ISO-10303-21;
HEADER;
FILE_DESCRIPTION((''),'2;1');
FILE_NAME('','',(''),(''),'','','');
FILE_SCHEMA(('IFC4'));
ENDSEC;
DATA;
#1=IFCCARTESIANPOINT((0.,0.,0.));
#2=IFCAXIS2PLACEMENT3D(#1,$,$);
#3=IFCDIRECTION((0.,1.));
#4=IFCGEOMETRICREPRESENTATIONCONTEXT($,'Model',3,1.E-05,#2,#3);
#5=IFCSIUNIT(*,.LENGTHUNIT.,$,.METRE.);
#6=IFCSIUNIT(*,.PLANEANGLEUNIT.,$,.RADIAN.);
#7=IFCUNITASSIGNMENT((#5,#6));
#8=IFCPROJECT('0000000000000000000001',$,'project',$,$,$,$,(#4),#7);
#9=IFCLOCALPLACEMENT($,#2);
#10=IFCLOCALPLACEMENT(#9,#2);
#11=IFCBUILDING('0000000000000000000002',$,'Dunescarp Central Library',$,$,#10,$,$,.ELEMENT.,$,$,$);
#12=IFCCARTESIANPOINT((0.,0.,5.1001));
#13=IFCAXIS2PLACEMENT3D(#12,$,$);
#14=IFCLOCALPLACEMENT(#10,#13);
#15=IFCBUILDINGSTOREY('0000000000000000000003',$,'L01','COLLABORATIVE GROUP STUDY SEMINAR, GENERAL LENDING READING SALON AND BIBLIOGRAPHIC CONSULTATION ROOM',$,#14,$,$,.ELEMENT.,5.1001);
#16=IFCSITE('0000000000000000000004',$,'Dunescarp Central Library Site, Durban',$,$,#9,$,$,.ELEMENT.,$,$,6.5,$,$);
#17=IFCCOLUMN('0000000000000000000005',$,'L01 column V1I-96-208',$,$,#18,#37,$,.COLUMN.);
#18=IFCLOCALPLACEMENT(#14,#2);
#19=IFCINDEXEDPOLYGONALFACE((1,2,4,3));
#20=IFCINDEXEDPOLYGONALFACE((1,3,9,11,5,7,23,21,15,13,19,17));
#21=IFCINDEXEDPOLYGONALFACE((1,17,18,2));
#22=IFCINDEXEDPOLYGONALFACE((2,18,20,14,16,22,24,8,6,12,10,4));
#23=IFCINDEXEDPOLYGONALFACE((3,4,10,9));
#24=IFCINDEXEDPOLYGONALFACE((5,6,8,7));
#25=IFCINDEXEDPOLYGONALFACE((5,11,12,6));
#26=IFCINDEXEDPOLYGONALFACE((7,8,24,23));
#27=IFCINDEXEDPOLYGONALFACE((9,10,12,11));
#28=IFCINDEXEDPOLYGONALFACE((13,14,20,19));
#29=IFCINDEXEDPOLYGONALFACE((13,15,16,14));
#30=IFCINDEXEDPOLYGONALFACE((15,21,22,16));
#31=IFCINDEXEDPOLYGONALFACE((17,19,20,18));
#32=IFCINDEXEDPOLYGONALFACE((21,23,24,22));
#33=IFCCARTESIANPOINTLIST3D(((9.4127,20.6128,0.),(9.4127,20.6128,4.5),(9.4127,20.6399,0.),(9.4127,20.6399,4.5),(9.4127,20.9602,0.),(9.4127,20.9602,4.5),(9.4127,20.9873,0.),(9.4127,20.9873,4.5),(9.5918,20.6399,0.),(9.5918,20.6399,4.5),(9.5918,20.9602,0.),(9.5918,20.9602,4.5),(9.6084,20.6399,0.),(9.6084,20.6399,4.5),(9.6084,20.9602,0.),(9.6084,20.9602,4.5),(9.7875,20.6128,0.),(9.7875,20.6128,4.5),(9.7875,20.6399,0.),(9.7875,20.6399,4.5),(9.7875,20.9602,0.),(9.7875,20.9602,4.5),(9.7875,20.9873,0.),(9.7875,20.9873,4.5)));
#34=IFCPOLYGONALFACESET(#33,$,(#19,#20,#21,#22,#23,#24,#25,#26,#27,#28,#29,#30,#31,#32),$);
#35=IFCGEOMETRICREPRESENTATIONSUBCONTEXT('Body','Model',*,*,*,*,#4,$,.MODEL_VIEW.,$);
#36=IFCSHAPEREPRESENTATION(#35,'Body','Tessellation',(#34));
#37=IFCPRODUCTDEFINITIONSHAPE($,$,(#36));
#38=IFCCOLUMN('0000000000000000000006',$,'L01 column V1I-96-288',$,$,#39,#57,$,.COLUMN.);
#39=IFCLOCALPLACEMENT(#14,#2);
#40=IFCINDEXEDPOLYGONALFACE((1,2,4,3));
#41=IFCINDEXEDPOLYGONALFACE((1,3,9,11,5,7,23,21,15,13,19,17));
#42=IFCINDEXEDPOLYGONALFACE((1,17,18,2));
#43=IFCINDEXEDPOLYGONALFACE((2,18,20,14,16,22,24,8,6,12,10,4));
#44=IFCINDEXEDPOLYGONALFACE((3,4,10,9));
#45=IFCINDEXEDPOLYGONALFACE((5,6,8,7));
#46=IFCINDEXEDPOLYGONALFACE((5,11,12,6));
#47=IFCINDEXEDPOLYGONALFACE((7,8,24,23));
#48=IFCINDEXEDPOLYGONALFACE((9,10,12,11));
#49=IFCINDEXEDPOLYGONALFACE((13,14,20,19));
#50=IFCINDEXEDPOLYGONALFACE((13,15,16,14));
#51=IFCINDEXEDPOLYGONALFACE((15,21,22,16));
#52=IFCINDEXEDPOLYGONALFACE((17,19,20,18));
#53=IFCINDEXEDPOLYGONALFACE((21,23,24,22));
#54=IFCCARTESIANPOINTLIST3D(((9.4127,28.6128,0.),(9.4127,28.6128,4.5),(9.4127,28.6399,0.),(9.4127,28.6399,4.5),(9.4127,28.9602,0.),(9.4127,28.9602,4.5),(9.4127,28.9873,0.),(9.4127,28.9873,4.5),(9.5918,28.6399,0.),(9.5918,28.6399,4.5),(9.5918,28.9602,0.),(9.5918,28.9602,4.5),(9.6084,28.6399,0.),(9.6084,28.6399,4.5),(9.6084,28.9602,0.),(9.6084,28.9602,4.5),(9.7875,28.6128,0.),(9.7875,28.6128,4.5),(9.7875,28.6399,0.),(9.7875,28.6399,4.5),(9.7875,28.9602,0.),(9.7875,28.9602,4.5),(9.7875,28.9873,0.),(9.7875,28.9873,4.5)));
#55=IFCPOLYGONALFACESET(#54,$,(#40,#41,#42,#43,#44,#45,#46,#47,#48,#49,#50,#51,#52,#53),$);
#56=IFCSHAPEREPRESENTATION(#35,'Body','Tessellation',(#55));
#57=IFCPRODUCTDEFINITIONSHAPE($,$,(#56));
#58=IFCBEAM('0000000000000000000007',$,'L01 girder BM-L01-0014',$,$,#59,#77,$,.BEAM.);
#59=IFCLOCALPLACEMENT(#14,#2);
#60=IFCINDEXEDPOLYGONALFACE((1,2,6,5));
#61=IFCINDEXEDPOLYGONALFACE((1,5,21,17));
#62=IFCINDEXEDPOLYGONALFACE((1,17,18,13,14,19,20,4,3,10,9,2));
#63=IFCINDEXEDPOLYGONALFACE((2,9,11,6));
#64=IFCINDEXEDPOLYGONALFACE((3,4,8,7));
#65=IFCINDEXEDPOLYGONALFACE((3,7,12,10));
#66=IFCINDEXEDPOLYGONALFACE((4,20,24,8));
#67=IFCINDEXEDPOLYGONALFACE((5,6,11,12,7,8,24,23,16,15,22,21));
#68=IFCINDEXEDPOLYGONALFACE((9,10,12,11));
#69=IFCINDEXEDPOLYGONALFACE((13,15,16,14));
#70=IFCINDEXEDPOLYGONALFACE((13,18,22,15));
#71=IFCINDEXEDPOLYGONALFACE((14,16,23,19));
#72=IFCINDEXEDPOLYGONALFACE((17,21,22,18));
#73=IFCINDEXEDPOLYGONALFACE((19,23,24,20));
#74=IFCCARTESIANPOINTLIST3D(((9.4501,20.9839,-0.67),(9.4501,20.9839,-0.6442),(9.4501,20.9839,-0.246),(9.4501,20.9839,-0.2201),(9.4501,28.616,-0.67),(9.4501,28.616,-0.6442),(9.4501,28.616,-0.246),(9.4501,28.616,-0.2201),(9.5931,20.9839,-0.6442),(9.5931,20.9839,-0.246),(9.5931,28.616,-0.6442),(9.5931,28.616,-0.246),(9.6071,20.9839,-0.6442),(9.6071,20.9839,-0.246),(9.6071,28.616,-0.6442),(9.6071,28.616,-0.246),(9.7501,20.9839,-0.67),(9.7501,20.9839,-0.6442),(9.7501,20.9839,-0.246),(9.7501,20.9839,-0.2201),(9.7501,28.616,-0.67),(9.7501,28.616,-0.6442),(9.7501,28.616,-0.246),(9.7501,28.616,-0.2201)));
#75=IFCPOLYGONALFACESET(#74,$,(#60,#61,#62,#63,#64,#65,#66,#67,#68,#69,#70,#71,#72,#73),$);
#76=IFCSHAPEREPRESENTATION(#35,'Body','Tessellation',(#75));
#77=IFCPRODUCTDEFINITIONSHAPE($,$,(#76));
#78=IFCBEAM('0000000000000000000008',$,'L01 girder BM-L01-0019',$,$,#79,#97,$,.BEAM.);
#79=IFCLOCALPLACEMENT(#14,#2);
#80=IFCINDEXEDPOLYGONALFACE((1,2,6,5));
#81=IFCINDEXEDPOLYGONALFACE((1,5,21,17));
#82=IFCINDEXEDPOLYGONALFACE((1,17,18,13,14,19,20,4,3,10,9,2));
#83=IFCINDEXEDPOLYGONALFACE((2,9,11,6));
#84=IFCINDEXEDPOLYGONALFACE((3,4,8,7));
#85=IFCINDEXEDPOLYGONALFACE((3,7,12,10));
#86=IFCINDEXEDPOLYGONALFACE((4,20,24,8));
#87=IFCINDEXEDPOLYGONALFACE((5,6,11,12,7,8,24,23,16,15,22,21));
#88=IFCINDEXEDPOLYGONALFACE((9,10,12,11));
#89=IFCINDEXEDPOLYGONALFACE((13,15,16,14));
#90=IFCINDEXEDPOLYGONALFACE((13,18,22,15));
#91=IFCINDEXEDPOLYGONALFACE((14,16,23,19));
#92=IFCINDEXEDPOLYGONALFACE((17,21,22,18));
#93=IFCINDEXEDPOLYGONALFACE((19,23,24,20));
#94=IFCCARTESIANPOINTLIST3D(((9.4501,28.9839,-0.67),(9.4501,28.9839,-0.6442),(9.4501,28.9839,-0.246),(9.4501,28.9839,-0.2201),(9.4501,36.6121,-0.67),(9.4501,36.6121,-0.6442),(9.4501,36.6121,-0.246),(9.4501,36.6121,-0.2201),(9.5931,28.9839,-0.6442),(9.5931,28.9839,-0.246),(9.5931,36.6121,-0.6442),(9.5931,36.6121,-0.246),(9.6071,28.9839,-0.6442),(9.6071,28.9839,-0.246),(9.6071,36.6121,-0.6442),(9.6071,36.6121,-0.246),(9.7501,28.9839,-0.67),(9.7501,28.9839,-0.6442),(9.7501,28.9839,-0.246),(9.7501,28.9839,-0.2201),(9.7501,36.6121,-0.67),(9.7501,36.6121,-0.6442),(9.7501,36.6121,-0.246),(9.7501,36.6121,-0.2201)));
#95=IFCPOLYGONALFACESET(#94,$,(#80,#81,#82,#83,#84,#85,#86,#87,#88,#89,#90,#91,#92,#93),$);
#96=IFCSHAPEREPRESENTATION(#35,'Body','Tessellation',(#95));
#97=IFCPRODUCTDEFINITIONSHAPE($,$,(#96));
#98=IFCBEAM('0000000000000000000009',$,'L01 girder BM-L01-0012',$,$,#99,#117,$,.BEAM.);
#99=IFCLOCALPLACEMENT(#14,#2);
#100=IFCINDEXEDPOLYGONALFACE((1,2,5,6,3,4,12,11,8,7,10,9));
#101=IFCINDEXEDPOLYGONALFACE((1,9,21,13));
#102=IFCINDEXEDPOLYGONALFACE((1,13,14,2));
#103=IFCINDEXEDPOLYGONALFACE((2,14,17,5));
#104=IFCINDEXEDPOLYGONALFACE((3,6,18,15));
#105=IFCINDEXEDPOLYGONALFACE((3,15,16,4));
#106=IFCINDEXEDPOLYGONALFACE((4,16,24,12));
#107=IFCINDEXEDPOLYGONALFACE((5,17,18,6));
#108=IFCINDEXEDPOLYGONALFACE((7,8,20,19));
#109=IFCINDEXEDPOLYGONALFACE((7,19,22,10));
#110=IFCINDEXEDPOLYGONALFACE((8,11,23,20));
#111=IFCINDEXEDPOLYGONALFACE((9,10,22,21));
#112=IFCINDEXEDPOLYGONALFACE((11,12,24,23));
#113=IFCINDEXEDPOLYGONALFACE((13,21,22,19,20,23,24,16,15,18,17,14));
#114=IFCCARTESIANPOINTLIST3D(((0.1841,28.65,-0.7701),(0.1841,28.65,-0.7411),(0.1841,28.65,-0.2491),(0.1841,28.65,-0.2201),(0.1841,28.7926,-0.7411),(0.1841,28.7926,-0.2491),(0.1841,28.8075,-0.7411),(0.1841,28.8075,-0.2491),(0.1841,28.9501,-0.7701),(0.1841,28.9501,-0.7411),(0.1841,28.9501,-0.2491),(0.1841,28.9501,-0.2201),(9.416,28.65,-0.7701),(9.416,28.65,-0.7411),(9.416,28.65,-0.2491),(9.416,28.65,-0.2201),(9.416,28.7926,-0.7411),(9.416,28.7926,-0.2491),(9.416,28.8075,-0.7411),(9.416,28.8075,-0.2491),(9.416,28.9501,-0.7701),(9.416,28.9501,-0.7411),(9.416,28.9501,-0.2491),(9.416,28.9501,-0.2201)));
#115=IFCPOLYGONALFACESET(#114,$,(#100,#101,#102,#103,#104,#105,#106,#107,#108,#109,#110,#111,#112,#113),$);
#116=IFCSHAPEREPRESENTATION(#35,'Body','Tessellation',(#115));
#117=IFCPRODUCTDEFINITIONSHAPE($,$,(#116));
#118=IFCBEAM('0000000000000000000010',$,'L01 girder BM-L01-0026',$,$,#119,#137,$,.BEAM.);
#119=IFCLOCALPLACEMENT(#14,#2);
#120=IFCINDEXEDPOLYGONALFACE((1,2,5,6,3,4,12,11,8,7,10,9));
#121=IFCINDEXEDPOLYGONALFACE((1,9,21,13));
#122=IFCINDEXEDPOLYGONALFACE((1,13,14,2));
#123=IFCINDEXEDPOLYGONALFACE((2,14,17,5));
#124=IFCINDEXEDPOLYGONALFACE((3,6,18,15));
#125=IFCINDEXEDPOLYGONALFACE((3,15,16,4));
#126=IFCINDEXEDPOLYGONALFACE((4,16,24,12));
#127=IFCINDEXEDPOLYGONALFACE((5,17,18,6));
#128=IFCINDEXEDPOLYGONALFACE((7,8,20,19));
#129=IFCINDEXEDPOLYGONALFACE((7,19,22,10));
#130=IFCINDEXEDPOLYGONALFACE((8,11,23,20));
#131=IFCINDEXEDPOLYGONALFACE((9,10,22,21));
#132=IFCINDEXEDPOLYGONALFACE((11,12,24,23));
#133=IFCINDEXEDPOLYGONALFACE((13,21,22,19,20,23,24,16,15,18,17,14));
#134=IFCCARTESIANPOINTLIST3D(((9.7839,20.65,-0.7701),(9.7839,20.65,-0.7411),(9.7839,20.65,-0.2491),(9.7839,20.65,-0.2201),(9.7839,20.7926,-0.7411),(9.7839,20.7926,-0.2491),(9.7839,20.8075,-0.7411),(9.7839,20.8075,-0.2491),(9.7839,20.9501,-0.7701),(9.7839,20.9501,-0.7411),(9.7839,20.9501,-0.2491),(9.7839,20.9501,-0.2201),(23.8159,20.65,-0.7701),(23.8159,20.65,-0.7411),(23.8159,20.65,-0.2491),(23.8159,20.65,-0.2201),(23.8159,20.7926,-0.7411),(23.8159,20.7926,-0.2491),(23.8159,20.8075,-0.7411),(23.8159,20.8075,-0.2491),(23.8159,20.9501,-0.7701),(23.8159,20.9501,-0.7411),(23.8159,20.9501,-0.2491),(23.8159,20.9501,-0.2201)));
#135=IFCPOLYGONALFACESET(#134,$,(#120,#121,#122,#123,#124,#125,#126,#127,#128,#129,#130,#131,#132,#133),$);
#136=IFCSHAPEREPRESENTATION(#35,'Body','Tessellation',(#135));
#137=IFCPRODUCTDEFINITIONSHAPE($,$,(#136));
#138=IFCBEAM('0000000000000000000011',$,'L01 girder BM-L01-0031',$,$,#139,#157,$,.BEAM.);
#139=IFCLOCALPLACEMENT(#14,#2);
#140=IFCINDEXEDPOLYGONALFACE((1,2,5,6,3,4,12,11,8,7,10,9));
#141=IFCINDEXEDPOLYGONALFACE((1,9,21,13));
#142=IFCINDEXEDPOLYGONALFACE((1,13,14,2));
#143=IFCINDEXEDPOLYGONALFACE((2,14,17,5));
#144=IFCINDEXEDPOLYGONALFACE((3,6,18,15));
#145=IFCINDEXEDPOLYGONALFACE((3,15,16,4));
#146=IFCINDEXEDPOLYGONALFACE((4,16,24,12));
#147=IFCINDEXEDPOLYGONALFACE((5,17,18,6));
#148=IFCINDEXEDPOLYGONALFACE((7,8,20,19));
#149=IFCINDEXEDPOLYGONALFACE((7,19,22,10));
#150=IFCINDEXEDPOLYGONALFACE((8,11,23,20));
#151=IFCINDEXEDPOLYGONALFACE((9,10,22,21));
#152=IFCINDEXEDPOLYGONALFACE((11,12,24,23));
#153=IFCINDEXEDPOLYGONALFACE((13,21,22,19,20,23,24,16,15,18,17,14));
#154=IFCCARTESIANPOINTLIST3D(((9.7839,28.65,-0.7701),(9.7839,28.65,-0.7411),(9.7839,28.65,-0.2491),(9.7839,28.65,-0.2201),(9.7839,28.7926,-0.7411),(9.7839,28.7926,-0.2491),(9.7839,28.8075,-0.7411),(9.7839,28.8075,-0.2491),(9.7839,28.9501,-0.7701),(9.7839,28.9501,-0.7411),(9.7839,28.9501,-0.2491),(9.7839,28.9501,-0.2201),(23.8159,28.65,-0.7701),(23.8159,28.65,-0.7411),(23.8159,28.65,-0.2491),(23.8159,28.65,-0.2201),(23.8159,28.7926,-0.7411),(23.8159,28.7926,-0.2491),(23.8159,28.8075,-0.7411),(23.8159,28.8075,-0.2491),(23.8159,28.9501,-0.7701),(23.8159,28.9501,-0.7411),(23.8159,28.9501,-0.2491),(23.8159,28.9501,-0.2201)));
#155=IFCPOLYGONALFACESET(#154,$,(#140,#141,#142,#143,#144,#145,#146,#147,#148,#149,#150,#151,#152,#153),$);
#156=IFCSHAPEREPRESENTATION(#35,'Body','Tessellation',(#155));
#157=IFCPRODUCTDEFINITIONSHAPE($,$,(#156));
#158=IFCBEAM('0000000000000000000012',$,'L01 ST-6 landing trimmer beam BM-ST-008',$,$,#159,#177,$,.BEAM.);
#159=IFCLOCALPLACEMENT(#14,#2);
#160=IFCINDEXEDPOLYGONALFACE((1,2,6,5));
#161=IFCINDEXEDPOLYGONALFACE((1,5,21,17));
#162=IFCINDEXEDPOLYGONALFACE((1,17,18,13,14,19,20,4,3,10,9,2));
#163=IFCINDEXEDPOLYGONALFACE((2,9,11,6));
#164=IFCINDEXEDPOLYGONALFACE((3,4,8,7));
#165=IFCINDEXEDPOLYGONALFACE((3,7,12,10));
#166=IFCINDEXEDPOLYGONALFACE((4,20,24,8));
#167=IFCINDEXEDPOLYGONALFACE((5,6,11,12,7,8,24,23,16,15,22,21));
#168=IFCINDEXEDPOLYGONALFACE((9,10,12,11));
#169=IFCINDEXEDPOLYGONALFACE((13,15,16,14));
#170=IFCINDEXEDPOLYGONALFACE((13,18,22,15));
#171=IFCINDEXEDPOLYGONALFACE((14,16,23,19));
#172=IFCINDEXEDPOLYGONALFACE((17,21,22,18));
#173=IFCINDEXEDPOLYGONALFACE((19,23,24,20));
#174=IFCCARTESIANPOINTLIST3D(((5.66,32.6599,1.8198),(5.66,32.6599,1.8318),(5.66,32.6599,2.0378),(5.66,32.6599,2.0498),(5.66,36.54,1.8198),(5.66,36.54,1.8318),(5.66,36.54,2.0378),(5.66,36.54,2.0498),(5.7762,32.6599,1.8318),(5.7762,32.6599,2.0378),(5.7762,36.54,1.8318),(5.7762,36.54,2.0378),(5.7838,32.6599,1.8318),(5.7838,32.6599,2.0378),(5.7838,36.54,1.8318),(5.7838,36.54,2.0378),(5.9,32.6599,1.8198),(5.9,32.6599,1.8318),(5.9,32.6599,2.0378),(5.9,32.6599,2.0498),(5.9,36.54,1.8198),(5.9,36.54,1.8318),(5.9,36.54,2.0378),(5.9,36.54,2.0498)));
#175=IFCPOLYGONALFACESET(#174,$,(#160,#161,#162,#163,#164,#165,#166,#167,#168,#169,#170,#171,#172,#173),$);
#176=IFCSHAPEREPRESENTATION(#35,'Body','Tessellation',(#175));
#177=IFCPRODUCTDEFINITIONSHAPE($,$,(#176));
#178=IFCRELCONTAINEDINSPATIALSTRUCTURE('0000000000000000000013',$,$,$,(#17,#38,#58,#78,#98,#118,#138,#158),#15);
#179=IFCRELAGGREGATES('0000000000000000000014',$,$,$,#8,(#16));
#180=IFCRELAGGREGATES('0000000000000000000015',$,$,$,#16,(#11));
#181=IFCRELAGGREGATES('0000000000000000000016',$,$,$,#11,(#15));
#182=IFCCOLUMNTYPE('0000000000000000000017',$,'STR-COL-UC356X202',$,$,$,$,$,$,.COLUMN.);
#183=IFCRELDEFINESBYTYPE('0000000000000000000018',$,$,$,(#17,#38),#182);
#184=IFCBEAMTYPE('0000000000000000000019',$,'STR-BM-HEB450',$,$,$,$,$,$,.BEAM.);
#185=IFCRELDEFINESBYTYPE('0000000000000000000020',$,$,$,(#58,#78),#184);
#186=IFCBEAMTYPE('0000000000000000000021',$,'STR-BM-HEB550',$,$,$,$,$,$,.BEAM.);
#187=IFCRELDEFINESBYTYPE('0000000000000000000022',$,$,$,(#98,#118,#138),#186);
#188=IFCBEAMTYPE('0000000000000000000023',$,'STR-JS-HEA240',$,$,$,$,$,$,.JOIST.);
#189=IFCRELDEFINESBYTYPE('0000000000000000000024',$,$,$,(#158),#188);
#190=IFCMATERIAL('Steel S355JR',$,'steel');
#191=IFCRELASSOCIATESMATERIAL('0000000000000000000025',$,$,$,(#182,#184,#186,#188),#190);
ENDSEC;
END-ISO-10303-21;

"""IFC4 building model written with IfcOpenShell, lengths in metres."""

from ifc_helpers import new_model, si_unit, direction, frame, origin, origin_2d, place, context, subcontext, project, spatial, i_section, extrude, material, material_profile, profile_set, type_object, element, save


model = new_model("IFC4")

# Units and contexts
model_context = context("Model", 3, precision=1e-05, world=origin(), true_north=direction((0.0, 1.0)))
body_context = subcontext(model_context, "Body", "Model", "MODEL_VIEW")
ifc_project = project(units=[si_unit("LENGTHUNIT", "METRE"), si_unit("PLANEANGLEUNIT", "RADIAN")], contexts=[model_context])

# Site, building, storey
site_placement = place(None, origin())
site = spatial("IfcSite", under=ifc_project, at=site_placement, Name="Dunescarp Central Library Site, Durban", CompositionType="ELEMENT", RefElevation=6.5)
building_placement = place(site_placement, origin())
building = spatial("IfcBuilding", under=site, at=building_placement, Name="Dunescarp Central Library", CompositionType="ELEMENT")
storey_placement = place(building_placement, frame((0.0, 0.0, 5.1001)))
storey = spatial("IfcBuildingStorey", under=building, at=storey_placement, Name="L01", Description="COLLABORATIVE GROUP STUDY SEMINAR, GENERAL LENDING READING SALON AND BIBLIOGRAPHIC CONSULTATION ROOM", CompositionType="ELEMENT", Elevation=5.1001)

# Columns
ifc_material_1 = material(Name="Steel S355JR", Category="steel")
ifc_material_profile_1 = material_profile(ifc_material_1, i_section(OverallWidth=0.3748, OverallDepth=0.3745, WebThickness=0.0166, FlangeThickness=0.0271, at=origin_2d()), Name="UC 356x368x202")
ifc_profile_set_1 = profile_set([ifc_material_profile_1], Name="Steel S355JR")
column_type = type_object("IfcColumnType", Name="STR-COL-UC356X202", PredefinedType="COLUMN", material=ifc_profile_set_1)
for number, where, z_axis, x_axis, name in (
    (1, (9.6001, 20.8, 0.0), (0.0, 0.0, 1.0), (1.0, 0.0, 0.0), "L01 column V1I-96-208"),
    (2, (9.6001, 28.8, 0.0), (0.0, 0.0, 1.0), (1.0, 0.0, 0.0), "L01 column V1I-96-288"),
):
    element("IfcColumn", number, at=place(storey_placement, frame(where, z_axis=z_axis, x_axis=x_axis)), inside=storey, type_object=column_type, Name=name, PredefinedType="COLUMN", context=body_context, shape_type="SweptSolid", body=[
        extrude(i_section(OverallWidth=0.3748, OverallDepth=0.3745, WebThickness=0.0166, FlangeThickness=0.0271, at=origin_2d()), origin(), (0.0, 0.0, 1.0), 4.5),
    ])

# Beams
ifc_material_profile_2 = material_profile(ifc_material_1, i_section(OverallWidth=0.3, OverallDepth=0.45, WebThickness=0.0139, FlangeThickness=0.0259, at=origin_2d()), Name="HEB 450")
ifc_profile_set_2 = profile_set([ifc_material_profile_2], Name="Steel S355JR")
beam_type_1 = type_object("IfcBeamType", Name="STR-BM-HEB450", PredefinedType="BEAM", material=ifc_profile_set_2)
beam_1_placement = place(storey_placement, frame((9.6001, 20.9839, -0.4451), z_axis=(0.0, 1.0, 0.0), x_axis=(-1.0, 0.0, 0.0)))
element("IfcBeam", 3, at=beam_1_placement, inside=storey, type_object=beam_type_1, Name="L01 girder BM-L01-0014", PredefinedType="BEAM", context=body_context, shape_type="SweptSolid", body=[
    extrude(i_section(OverallWidth=0.3, OverallDepth=0.45, WebThickness=0.0139, FlangeThickness=0.0259, at=origin_2d()), origin(), (0.0, 0.0, 1.0), 7.6321),
])
beam_2_placement = place(storey_placement, frame((9.6001, 28.9839, -0.4451), z_axis=(0.0, 1.0, 0.0), x_axis=(-1.0, 0.0, 0.0)))
element("IfcBeam", 4, at=beam_2_placement, inside=storey, type_object=beam_type_1, Name="L01 girder BM-L01-0019", PredefinedType="BEAM", context=body_context, shape_type="SweptSolid", body=[
    extrude(i_section(OverallWidth=0.3, OverallDepth=0.45, WebThickness=0.0139, FlangeThickness=0.0259, at=origin_2d()), origin(), (0.0, 0.0, 1.0), 7.6282),
])
ifc_material_profile_3 = material_profile(ifc_material_1, i_section(OverallWidth=0.3, OverallDepth=0.55, WebThickness=0.0149, FlangeThickness=0.0291, at=origin_2d()), Name="HEB 550")
ifc_profile_set_3 = profile_set([ifc_material_profile_3], Name="Steel S355JR")
beam_type_2 = type_object("IfcBeamType", Name="STR-BM-HEB550", PredefinedType="BEAM", material=ifc_profile_set_3)
beam_3_placement = place(storey_placement, frame((0.1841, 28.8, -0.4951), z_axis=(1.0, 0.0, 0.0), x_axis=(0.0, 1.0, 0.0)))
element("IfcBeam", 5, at=beam_3_placement, inside=storey, type_object=beam_type_2, Name="L01 girder BM-L01-0012", PredefinedType="BEAM", context=body_context, shape_type="SweptSolid", body=[
    extrude(i_section(OverallWidth=0.3, OverallDepth=0.55, WebThickness=0.0149, FlangeThickness=0.0291, at=origin_2d()), origin(), (0.0, 0.0, 1.0), 9.2319),
])
for number, where, z_axis, x_axis, name in (
    (6, (9.7839, 20.8, -0.4951), (1.0, 0.0, 0.0), (0.0, 1.0, 0.0), "L01 girder BM-L01-0026"),
    (7, (9.7839, 28.8, -0.4951), (1.0, 0.0, 0.0), (0.0, 1.0, 0.0), "L01 girder BM-L01-0031"),
):
    element("IfcBeam", number, at=place(storey_placement, frame(where, z_axis=z_axis, x_axis=x_axis)), inside=storey, type_object=beam_type_2, Name=name, PredefinedType="BEAM", context=body_context, shape_type="SweptSolid", body=[
        extrude(i_section(OverallWidth=0.3, OverallDepth=0.55, WebThickness=0.0149, FlangeThickness=0.0291, at=origin_2d()), origin(), (0.0, 0.0, 1.0), 14.032),
    ])
ifc_material_profile_4 = material_profile(ifc_material_1, i_section(OverallWidth=0.24, OverallDepth=0.23, WebThickness=0.0076, FlangeThickness=0.012, at=origin_2d()), Name="HEA 240")
ifc_profile_set_4 = profile_set([ifc_material_profile_4], Name="Steel S355JR")
beam_type_3 = type_object("IfcBeamType", Name="STR-JS-HEA240", PredefinedType="JOIST", material=ifc_profile_set_4)
beam_4_placement = place(storey_placement, frame((5.78, 32.6599, 1.9348), z_axis=(0.0, 1.0, 0.0), x_axis=(-1.0, 0.0, 0.0)))
element("IfcBeam", 8, at=beam_4_placement, inside=storey, type_object=beam_type_3, Name="L01 ST-6 landing trimmer beam BM-ST-008", PredefinedType="BEAM", context=body_context, shape_type="SweptSolid", body=[
    extrude(i_section(OverallWidth=0.24, OverallDepth=0.23, WebThickness=0.0076, FlangeThickness=0.012, at=origin_2d()), origin(), (0.0, 0.0, 1.0), 3.8801),
])

save(model, "model.ifc")
